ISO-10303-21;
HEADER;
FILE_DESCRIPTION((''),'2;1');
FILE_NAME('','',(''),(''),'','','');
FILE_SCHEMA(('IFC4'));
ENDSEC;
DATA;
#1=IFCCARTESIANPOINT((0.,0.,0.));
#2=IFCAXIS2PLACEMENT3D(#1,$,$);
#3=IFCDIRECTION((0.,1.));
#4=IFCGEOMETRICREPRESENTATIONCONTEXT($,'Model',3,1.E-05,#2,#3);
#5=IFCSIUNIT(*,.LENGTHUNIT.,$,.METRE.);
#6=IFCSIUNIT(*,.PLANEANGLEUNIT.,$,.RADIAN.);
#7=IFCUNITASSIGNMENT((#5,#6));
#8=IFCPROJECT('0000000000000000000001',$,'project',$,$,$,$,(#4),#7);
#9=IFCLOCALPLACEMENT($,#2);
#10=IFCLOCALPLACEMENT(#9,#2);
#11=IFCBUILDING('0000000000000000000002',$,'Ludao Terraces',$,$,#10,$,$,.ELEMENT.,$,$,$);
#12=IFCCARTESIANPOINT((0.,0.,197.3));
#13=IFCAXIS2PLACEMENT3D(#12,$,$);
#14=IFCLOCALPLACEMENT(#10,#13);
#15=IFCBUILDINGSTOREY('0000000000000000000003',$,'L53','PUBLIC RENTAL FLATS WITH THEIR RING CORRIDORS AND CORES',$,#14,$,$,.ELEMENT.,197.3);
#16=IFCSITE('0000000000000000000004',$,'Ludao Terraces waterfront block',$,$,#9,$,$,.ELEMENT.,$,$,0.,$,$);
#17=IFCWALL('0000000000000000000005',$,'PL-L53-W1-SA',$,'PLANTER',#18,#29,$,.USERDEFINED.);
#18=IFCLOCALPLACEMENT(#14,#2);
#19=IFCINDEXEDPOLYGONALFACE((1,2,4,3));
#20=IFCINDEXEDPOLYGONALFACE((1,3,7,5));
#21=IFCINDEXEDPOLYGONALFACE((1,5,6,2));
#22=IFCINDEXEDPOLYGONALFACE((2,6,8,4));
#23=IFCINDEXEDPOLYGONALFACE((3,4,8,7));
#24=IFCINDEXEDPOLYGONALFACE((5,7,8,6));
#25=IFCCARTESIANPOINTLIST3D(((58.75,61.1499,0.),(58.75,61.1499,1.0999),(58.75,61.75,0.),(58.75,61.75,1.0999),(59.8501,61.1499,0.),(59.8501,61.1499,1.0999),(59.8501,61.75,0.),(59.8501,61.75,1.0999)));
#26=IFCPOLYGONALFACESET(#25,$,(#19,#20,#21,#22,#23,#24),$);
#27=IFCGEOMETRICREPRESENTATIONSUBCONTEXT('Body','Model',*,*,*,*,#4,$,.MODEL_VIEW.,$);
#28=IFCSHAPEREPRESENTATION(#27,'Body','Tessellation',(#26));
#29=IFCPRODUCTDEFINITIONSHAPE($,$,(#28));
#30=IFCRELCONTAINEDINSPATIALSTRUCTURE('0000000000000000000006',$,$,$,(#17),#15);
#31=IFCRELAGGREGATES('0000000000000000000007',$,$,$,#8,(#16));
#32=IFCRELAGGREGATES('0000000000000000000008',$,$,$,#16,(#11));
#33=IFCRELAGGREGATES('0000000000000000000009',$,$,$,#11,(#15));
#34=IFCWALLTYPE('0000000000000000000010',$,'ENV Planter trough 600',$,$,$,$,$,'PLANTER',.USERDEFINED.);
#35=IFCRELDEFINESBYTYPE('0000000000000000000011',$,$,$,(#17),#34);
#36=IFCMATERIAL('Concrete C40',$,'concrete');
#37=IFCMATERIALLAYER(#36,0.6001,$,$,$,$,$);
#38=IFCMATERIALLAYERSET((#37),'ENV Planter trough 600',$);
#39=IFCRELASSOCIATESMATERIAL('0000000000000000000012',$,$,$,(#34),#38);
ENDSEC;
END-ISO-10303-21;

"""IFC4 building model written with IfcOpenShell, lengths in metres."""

from ifc_helpers import new_model, si_unit, direction, frame, frame_2d, origin, place, context, subcontext, project, spatial, rectangle, extrude, material, layer, layer_set, type_object, element, save


model = new_model("IFC4")

# Units and contexts
model_context = context("Model", 3, precision=1e-05, world=origin(), true_north=direction((0.0, 1.0)))
body_context = subcontext(model_context, "Body", "Model", "MODEL_VIEW")
ifc_project = project(units=[si_unit("LENGTHUNIT", "METRE"), si_unit("PLANEANGLEUNIT", "RADIAN")], contexts=[model_context])

# Site, building, storey
site_placement = place(None, origin())
site = spatial("IfcSite", under=ifc_project, at=site_placement, Name="Ludao Terraces waterfront block", CompositionType="ELEMENT", RefElevation=0.0)
building_placement = place(site_placement, origin())
building = spatial("IfcBuilding", under=site, at=building_placement, Name="Ludao Terraces", CompositionType="ELEMENT")
storey_placement = place(building_placement, frame((0.0, 0.0, 197.3)))
storey = spatial("IfcBuildingStorey", under=building, at=storey_placement, Name="L53", Description="PUBLIC RENTAL FLATS WITH THEIR RING CORRIDORS AND CORES", CompositionType="ELEMENT", Elevation=197.3)

# Shared definitions
ifc_material_1 = material(Name="Concrete C40", Category="concrete")

# Wall
ifc_layer_1 = layer(ifc_material_1, 0.6001)
ifc_layer_set_1 = layer_set([ifc_layer_1], Name="ENV Planter trough 600")
wall_type = type_object("IfcWallType", Name="ENV Planter trough 600", ElementType="PLANTER", PredefinedType="USERDEFINED", material=ifc_layer_set_1)
wall_1_placement = place(storey_placement, frame((58.75, 61.45, 0.0), z_axis=(0.0, 0.0, 1.0), x_axis=(1.0, 0.0, 0.0)))
element("IfcWall", 1, at=wall_1_placement, inside=storey, type_object=wall_type, Name="PL-L53-W1-SA", ObjectType="PLANTER", PredefinedType="USERDEFINED", context=body_context, shape_type="SweptSolid", body=[
    extrude(rectangle(XDim=1.1001, YDim=0.6001, at=frame_2d((0.55, 0.0))), origin(), (0.0, 0.0, 1.0), 1.0999),
])

save(model, "model.ifc")
